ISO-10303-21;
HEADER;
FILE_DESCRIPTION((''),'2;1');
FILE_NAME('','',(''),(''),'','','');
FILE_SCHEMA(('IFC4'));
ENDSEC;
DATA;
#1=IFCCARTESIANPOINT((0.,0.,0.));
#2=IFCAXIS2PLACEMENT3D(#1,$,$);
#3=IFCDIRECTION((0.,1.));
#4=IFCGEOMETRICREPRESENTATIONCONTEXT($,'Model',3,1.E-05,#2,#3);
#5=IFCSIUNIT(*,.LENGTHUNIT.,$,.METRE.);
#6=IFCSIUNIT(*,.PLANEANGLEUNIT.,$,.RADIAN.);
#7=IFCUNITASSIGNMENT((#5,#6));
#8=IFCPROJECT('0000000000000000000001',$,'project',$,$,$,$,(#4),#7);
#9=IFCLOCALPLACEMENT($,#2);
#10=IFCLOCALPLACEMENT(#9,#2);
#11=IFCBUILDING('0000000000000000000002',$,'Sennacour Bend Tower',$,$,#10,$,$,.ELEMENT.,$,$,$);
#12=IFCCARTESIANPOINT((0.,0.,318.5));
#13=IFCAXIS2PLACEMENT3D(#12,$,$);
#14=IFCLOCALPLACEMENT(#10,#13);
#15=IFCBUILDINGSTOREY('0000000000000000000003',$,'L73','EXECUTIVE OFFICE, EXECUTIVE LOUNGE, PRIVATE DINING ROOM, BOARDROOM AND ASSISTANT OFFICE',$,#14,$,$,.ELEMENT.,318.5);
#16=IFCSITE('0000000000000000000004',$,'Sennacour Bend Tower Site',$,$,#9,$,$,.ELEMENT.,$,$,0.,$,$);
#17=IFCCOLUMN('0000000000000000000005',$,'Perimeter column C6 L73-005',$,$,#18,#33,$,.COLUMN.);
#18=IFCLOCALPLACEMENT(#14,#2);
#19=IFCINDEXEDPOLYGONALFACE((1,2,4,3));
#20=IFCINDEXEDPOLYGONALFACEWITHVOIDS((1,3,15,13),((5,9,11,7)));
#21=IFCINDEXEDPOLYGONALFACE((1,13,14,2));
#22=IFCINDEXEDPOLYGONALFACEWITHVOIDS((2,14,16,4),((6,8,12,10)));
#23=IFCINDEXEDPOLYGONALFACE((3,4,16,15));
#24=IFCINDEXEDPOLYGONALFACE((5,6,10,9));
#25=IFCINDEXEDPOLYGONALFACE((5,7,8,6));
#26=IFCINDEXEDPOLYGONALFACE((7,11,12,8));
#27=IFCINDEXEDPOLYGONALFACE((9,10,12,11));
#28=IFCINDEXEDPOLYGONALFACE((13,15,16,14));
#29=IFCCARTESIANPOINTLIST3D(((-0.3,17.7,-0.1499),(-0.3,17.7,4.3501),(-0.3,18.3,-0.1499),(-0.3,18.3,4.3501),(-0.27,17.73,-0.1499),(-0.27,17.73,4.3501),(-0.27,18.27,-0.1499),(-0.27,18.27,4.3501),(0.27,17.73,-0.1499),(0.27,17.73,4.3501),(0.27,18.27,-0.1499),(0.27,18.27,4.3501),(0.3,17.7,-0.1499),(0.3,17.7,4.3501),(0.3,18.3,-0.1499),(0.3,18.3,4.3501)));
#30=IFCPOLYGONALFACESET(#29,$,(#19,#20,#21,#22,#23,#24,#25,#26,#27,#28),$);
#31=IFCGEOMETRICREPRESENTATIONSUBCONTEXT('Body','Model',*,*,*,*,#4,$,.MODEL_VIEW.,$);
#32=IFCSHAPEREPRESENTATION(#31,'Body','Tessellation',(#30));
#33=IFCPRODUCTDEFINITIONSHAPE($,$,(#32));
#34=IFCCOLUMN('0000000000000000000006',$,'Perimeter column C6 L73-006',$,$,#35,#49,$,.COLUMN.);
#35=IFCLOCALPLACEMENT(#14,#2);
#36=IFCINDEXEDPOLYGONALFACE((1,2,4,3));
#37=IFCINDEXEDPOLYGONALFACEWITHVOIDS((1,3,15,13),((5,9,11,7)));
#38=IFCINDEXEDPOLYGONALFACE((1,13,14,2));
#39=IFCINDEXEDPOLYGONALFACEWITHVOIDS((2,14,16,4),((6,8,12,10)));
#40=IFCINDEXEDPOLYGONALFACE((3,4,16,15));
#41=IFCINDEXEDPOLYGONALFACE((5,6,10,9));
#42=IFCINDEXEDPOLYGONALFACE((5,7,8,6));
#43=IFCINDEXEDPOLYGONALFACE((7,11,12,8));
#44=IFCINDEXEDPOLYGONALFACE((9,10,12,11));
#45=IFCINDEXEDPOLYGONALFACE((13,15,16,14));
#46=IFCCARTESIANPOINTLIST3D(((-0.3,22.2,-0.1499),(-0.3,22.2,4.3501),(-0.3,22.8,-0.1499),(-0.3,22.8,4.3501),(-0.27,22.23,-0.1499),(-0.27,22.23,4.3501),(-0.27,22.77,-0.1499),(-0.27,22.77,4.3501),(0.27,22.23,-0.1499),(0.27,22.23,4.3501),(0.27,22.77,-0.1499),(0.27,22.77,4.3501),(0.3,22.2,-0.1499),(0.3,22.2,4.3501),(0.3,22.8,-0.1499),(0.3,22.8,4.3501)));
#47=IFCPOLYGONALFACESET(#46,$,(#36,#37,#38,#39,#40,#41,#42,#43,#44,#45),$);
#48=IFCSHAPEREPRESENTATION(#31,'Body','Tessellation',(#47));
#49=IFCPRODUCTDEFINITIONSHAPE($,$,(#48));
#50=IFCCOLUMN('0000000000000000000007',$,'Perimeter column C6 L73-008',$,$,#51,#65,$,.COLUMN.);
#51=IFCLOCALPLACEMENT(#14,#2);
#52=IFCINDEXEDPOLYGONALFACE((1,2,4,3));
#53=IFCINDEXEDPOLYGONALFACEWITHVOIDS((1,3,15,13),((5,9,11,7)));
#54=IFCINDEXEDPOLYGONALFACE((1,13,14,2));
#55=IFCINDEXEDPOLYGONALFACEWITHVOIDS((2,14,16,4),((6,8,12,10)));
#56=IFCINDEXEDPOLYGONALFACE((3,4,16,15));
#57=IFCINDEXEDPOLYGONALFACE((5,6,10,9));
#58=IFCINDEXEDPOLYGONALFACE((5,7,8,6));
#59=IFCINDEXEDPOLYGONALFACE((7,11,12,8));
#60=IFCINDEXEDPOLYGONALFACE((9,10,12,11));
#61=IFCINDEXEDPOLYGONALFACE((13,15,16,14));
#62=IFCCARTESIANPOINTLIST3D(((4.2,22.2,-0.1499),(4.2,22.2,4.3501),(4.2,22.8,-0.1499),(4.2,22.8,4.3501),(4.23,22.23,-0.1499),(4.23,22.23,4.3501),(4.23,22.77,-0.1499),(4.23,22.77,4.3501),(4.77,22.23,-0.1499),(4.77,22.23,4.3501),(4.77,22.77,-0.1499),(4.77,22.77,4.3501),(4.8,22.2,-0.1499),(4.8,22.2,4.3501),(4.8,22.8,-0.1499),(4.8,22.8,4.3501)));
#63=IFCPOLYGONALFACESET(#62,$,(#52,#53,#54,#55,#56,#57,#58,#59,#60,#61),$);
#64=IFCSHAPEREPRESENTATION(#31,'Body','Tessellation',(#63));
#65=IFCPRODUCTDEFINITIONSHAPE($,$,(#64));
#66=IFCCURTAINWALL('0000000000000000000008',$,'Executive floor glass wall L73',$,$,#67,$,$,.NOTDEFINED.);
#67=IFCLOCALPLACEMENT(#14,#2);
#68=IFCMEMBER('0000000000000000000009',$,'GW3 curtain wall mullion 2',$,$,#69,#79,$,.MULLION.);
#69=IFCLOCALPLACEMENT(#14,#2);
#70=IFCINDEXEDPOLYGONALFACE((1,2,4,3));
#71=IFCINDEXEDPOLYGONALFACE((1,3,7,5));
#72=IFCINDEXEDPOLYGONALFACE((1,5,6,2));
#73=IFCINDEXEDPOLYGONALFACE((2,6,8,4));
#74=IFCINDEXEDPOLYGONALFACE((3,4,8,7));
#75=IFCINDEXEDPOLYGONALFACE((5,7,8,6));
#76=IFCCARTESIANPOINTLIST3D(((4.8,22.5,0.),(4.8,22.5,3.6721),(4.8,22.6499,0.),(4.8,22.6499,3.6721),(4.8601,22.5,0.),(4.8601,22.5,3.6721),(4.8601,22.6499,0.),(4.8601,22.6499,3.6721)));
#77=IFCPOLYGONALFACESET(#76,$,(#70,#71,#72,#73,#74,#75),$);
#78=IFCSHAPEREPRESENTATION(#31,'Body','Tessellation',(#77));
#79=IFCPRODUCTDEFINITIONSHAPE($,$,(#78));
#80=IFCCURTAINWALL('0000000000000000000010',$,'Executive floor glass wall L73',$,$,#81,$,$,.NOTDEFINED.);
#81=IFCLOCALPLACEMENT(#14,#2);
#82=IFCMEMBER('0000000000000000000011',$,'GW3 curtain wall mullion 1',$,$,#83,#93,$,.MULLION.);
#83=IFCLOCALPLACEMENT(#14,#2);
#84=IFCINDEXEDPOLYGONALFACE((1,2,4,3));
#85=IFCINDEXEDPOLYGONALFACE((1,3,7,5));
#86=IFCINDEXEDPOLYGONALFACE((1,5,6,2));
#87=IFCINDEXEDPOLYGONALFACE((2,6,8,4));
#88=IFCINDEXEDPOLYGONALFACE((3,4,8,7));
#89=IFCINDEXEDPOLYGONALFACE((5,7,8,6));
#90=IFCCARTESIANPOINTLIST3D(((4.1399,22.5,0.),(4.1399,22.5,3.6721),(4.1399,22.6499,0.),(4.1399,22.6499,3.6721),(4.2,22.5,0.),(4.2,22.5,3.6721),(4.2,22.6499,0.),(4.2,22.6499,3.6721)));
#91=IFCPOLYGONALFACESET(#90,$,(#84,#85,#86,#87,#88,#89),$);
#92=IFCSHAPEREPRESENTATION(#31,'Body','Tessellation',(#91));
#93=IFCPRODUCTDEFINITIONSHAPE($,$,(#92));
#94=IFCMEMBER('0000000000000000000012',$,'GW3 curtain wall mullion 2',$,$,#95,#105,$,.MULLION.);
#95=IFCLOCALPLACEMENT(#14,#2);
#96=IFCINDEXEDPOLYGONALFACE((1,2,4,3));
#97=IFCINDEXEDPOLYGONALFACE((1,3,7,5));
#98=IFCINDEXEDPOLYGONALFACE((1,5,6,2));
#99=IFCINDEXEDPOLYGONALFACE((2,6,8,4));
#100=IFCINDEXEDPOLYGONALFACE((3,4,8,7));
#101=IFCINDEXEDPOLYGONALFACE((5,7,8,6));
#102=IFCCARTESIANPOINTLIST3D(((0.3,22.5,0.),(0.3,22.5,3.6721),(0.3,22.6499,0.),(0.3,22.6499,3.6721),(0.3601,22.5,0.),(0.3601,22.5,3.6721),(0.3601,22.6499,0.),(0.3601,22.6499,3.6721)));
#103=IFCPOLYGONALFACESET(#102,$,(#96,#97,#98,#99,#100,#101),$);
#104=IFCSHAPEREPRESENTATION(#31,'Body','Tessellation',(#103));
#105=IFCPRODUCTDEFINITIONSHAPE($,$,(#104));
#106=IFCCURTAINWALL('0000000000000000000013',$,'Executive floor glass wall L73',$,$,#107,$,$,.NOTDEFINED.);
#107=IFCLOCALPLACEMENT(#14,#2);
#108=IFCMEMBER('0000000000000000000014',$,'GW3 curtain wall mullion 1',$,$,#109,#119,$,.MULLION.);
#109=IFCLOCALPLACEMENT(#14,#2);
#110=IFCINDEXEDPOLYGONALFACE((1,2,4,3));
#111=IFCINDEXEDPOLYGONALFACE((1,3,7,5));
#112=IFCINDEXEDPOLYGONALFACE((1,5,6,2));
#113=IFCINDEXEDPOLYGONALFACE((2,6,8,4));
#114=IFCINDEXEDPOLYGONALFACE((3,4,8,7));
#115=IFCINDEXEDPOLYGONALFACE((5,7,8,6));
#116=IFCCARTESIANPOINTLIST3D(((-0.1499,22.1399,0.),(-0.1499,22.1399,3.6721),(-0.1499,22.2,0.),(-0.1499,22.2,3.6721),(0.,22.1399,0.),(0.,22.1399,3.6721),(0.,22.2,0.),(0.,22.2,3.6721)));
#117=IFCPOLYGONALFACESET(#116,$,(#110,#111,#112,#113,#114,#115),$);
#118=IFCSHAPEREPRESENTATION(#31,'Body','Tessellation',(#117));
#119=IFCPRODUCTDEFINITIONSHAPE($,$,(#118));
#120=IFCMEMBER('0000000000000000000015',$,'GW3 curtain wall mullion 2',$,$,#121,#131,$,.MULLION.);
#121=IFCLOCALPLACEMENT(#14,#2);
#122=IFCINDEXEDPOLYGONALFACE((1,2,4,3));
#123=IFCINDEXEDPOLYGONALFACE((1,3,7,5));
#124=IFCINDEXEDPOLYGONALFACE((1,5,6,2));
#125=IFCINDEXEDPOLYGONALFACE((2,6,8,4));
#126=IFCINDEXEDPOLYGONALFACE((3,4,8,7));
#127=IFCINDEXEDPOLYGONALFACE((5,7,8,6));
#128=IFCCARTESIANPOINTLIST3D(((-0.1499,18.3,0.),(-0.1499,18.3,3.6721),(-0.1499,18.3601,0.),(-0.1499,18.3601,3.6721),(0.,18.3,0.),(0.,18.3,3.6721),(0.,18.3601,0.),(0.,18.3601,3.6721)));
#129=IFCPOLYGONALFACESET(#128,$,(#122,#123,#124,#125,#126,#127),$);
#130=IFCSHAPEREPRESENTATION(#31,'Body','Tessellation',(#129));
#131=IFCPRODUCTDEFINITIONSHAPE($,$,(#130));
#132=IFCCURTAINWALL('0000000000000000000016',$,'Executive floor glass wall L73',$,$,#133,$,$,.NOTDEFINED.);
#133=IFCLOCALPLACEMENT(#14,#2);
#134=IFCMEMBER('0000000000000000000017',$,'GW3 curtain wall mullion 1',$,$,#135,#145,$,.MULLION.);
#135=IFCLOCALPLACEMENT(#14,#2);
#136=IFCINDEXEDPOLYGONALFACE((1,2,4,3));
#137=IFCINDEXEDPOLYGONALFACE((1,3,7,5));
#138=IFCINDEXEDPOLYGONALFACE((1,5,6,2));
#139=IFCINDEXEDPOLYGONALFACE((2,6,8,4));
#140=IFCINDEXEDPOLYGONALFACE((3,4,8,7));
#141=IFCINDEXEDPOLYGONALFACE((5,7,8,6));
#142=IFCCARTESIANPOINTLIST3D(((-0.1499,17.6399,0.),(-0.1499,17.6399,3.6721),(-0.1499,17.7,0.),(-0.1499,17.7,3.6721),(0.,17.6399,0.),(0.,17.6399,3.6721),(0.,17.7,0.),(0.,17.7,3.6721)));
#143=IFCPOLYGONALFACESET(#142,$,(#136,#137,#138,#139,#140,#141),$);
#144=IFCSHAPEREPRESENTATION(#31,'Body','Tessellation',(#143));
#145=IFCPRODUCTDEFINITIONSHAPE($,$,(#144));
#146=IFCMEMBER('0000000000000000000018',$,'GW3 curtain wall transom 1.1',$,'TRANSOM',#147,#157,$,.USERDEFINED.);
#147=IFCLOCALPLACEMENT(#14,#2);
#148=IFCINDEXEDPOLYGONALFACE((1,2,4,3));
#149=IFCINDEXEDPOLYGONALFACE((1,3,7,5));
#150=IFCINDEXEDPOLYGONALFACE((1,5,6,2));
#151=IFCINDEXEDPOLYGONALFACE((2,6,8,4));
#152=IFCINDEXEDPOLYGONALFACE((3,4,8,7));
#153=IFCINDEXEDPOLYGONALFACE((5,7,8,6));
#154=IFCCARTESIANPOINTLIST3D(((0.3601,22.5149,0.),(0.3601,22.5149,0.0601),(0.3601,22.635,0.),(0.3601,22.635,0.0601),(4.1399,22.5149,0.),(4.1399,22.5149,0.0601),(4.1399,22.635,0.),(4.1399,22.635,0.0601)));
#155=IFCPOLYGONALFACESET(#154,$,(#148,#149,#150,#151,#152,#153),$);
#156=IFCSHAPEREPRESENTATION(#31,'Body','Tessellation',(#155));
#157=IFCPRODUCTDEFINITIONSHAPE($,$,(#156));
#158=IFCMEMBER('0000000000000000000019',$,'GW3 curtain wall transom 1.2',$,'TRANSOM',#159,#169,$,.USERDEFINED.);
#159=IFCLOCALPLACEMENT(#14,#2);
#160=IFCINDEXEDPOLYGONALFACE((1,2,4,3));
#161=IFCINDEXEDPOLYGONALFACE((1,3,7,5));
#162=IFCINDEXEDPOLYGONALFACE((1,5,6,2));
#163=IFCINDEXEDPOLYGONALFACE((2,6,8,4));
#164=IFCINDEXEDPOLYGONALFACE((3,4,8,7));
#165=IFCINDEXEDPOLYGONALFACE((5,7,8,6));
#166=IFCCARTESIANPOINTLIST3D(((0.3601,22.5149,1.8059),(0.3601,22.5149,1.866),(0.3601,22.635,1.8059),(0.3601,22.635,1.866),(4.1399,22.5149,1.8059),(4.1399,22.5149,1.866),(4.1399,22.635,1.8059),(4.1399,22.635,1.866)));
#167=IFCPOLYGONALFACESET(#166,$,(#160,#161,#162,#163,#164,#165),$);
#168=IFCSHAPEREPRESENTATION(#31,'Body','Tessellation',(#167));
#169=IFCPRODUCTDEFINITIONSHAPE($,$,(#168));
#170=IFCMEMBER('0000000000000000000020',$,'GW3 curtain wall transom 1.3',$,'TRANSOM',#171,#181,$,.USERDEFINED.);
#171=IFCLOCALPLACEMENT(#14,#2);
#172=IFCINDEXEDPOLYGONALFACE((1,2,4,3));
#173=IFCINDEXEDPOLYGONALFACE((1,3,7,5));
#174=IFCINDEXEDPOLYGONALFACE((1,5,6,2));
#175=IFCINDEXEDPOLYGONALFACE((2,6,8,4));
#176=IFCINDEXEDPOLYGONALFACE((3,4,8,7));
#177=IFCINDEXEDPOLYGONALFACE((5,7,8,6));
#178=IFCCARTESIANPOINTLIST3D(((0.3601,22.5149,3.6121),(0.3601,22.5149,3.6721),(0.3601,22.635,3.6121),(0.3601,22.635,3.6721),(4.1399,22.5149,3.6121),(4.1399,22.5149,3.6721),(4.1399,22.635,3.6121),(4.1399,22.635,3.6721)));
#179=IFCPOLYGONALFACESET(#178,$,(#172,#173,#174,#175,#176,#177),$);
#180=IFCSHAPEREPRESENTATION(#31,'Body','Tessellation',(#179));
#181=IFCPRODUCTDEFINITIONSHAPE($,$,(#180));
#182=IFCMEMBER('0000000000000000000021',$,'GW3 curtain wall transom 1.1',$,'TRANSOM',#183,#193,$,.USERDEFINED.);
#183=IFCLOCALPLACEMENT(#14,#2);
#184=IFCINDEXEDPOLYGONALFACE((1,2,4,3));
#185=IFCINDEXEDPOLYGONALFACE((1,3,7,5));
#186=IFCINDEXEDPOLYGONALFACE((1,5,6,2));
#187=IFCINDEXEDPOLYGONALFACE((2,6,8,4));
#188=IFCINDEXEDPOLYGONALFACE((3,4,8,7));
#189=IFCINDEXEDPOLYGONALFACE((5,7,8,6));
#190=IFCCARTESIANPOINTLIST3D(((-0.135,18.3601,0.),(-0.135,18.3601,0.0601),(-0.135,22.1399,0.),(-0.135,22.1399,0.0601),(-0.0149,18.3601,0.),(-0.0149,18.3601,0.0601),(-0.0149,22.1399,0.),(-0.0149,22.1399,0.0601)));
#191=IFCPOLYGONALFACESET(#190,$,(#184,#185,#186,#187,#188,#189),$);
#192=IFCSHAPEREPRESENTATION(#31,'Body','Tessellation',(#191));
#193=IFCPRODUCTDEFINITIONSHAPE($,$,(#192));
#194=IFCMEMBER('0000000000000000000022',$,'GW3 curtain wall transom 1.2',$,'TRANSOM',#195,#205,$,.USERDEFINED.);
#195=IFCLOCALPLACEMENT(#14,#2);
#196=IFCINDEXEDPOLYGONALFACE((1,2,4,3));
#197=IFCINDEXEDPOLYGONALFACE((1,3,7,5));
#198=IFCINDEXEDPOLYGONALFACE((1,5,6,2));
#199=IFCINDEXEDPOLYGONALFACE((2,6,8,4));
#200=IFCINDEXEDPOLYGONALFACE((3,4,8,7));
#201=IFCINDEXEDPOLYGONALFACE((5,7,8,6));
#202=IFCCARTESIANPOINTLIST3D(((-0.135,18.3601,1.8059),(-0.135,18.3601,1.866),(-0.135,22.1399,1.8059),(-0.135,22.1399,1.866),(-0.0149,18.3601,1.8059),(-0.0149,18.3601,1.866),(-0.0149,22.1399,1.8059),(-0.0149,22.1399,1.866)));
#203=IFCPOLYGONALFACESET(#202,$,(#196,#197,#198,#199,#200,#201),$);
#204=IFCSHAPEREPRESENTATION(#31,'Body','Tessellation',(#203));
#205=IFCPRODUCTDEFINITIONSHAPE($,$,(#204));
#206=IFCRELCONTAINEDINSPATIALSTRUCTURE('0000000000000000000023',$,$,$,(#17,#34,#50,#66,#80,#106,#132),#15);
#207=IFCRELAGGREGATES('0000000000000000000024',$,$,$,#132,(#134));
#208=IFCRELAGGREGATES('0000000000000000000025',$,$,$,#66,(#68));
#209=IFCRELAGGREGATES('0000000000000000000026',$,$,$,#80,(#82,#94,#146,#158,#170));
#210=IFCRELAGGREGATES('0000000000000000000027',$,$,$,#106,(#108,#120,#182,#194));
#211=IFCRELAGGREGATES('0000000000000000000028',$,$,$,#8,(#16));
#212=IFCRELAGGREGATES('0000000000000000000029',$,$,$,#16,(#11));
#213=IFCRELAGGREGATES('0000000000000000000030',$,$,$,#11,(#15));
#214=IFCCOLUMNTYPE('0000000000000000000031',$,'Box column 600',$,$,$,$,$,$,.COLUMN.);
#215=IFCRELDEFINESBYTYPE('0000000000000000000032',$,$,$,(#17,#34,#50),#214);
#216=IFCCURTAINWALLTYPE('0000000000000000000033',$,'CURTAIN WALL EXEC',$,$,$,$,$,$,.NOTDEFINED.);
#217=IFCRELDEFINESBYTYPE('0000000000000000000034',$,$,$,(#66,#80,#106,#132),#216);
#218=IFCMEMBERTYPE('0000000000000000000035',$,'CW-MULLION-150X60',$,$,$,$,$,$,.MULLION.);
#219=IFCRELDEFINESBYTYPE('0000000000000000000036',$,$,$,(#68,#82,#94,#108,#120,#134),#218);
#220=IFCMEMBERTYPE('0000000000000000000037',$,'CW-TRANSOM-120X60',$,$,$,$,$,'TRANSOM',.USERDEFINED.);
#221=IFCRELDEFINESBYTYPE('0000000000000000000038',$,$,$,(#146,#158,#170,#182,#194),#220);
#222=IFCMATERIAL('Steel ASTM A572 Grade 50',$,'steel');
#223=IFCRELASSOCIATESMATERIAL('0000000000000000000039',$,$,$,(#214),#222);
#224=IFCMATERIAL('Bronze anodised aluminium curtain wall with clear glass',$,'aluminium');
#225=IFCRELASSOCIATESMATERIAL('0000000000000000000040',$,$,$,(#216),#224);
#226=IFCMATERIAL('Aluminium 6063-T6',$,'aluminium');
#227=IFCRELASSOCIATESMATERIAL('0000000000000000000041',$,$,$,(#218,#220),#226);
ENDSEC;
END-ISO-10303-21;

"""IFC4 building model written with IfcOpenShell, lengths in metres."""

from ifc_helpers import new_model, si_unit, direction, frame, origin, origin_2d, place, context, subcontext, project, spatial, rectangle, hollow_rectangle, extrude, material, material_profile, profile_set, type_object, element, aggregate, save


model = new_model("IFC4")

# Units and contexts
model_context = context("Model", 3, precision=1e-05, world=origin(), true_north=direction((0.0, 1.0)))
body_context = subcontext(model_context, "Body", "Model", "MODEL_VIEW")
ifc_project = project(units=[si_unit("LENGTHUNIT", "METRE"), si_unit("PLANEANGLEUNIT", "RADIAN")], contexts=[model_context])

# Site, building, storey
site_placement = place(None, origin())
site = spatial("IfcSite", under=ifc_project, at=site_placement, Name="Sennacour Bend Tower Site", CompositionType="ELEMENT", RefElevation=0.0)
building_placement = place(site_placement, origin())
building = spatial("IfcBuilding", under=site, at=building_placement, Name="Sennacour Bend Tower", CompositionType="ELEMENT")
storey_placement = place(building_placement, frame((0.0, 0.0, 318.5)))
storey = spatial("IfcBuildingStorey", under=building, at=storey_placement, Name="L73", Description="EXECUTIVE OFFICE, EXECUTIVE LOUNGE, PRIVATE DINING ROOM, BOARDROOM AND ASSISTANT OFFICE", CompositionType="ELEMENT", Elevation=318.5)

# Columns
ifc_material_1 = material(Name="Steel ASTM A572 Grade 50", Category="steel")
ifc_material_profile_1 = material_profile(ifc_material_1, hollow_rectangle(XDim=0.6001, YDim=0.6001, WallThickness=0.03, at=origin_2d()), Name="Steel ASTM A572 Grade 50", Category="steel")
ifc_profile_set_1 = profile_set([ifc_material_profile_1], Name="Steel ASTM A572 Grade 50")
column_type = type_object("IfcColumnType", Name="Box column 600", PredefinedType="COLUMN", material=ifc_profile_set_1)
for number, where, z_axis, x_axis, name in (
    (1, (0.0, 18.0, -0.1499), (0.0, 0.0, 1.0), (1.0, 0.0, 0.0), "Perimeter column C6 L73-005"),
    (2, (0.0, 22.5, -0.1499), (0.0, 0.0, 1.0), (1.0, 0.0, 0.0), "Perimeter column C6 L73-006"),
    (3, (4.5, 22.5, -0.1499), (0.0, 0.0, 1.0), (1.0, 0.0, 0.0), "Perimeter column C6 L73-008"),
):
    element("IfcColumn", number, at=place(storey_placement, frame(where, z_axis=z_axis, x_axis=x_axis)), inside=storey, type_object=column_type, Name=name, PredefinedType="COLUMN", context=body_context, shape_type="SweptSolid", body=[
        extrude(hollow_rectangle(XDim=0.6001, YDim=0.6001, WallThickness=0.03, at=origin_2d()), origin(), (0.0, 0.0, 1.0), 4.5),
    ])

# Curtain wall, member
ifc_material_2 = material(Name="Bronze anodised aluminium curtain wall with clear glass", Category="aluminium")
curtain_wall_type = type_object("IfcCurtainWallType", Name="CURTAIN WALL EXEC", PredefinedType="NOTDEFINED", material=ifc_material_2)
curtain_wall_1_placement = place(storey_placement, origin())
curtain_wall_1 = element("IfcCurtainWall", 4, at=curtain_wall_1_placement, inside=storey, type_object=curtain_wall_type, Name="Executive floor glass wall L73", PredefinedType="NOTDEFINED")
ifc_material_3 = material(Name="Aluminium 6063-T6", Category="aluminium")
ifc_material_profile_2 = material_profile(ifc_material_3, rectangle(XDim=0.1499, YDim=0.0601, at=origin_2d()), Name="Aluminium 6063-T6", Category="aluminium")
ifc_profile_set_2 = profile_set([ifc_material_profile_2], Name="Aluminium 6063-T6")
member_type_1 = type_object("IfcMemberType", Name="CW-MULLION-150X60", PredefinedType="MULLION", material=ifc_profile_set_2)
member_1_placement = place(storey_placement, frame((4.8301, 22.575, 0.0), z_axis=(0.0, 0.0, 1.0), x_axis=(0.0, -1.0, 0.0)))
member_1 = element("IfcMember", 5, at=member_1_placement, type_object=member_type_1, Name="GW3 curtain wall mullion 2", PredefinedType="MULLION", context=body_context, shape_type="SweptSolid", body=[
    extrude(rectangle(XDim=0.1499, YDim=0.0601, at=origin_2d()), origin(), (0.0, 0.0, 1.0), 3.6721),
])

# Curtain walls, members
curtain_wall_2_placement = place(storey_placement, origin())
curtain_wall_2 = element("IfcCurtainWall", 6, at=curtain_wall_2_placement, inside=storey, type_object=curtain_wall_type, Name="Executive floor glass wall L73", PredefinedType="NOTDEFINED")
member_2_placement = place(storey_placement, frame((4.1699, 22.575, 0.0), z_axis=(0.0, 0.0, 1.0), x_axis=(0.0, -1.0, 0.0)))
member_2 = element("IfcMember", 7, at=member_2_placement, type_object=member_type_1, Name="GW3 curtain wall mullion 1", PredefinedType="MULLION", context=body_context, shape_type="SweptSolid", body=[
    extrude(rectangle(XDim=0.1499, YDim=0.0601, at=origin_2d()), origin(), (0.0, 0.0, 1.0), 3.6721),
])
member_3_placement = place(storey_placement, frame((0.3301, 22.575, 0.0), z_axis=(0.0, 0.0, 1.0), x_axis=(0.0, -1.0, 0.0)))
member_3 = element("IfcMember", 8, at=member_3_placement, type_object=member_type_1, Name="GW3 curtain wall mullion 2", PredefinedType="MULLION", context=body_context, shape_type="SweptSolid", body=[
    extrude(rectangle(XDim=0.1499, YDim=0.0601, at=origin_2d()), origin(), (0.0, 0.0, 1.0), 3.6721),
])
curtain_wall_3_placement = place(storey_placement, origin())
curtain_wall_3 = element("IfcCurtainWall", 9, at=curtain_wall_3_placement, inside=storey, type_object=curtain_wall_type, Name="Executive floor glass wall L73", PredefinedType="NOTDEFINED")
member_4_placement = place(storey_placement, frame((-0.075, 22.1699, 0.0), z_axis=(0.0, 0.0, 1.0), x_axis=(1.0, 0.0, 0.0)))
member_4 = element("IfcMember", 10, at=member_4_placement, type_object=member_type_1, Name="GW3 curtain wall mullion 1", PredefinedType="MULLION", context=body_context, shape_type="SweptSolid", body=[
    extrude(rectangle(XDim=0.1499, YDim=0.0601, at=origin_2d()), origin(), (0.0, 0.0, 1.0), 3.6721),
])
member_5_placement = place(storey_placement, frame((-0.075, 18.3301, 0.0), z_axis=(0.0, 0.0, 1.0), x_axis=(1.0, 0.0, 0.0)))
member_5 = element("IfcMember", 11, at=member_5_placement, type_object=member_type_1, Name="GW3 curtain wall mullion 2", PredefinedType="MULLION", context=body_context, shape_type="SweptSolid", body=[
    extrude(rectangle(XDim=0.1499, YDim=0.0601, at=origin_2d()), origin(), (0.0, 0.0, 1.0), 3.6721),
])

# Curtain wall, member
curtain_wall_4_placement = place(storey_placement, origin())
curtain_wall_4 = element("IfcCurtainWall", 12, at=curtain_wall_4_placement, inside=storey, type_object=curtain_wall_type, Name="Executive floor glass wall L73", PredefinedType="NOTDEFINED")
member_6_placement = place(storey_placement, frame((-0.075, 17.6699, 0.0), z_axis=(0.0, 0.0, 1.0), x_axis=(1.0, 0.0, 0.0)))
member_6 = element("IfcMember", 13, at=member_6_placement, type_object=member_type_1, Name="GW3 curtain wall mullion 1", PredefinedType="MULLION", context=body_context, shape_type="SweptSolid", body=[
    extrude(rectangle(XDim=0.1499, YDim=0.0601, at=origin_2d()), origin(), (0.0, 0.0, 1.0), 3.6721),
])

# Members
ifc_material_profile_3 = material_profile(ifc_material_3, rectangle(XDim=0.1201, YDim=0.0601, at=origin_2d()), Name="Aluminium 6063-T6", Category="aluminium")
ifc_profile_set_3 = profile_set([ifc_material_profile_3], Name="Aluminium 6063-T6")
member_type_2 = type_object("IfcMemberType", Name="CW-TRANSOM-120X60", ElementType="TRANSOM", PredefinedType="USERDEFINED", material=ifc_profile_set_3)
member_7_placement = place(storey_placement, frame((4.1399, 22.575, 0.03), z_axis=(-1.0, 0.0, 0.0), x_axis=(0.0, -1.0, 0.0)))
member_7 = element("IfcMember", 14, at=member_7_placement, type_object=member_type_2, Name="GW3 curtain wall transom 1.1", ObjectType="TRANSOM", PredefinedType="USERDEFINED", context=body_context, shape_type="SweptSolid", body=[
    extrude(rectangle(XDim=0.1201, YDim=0.0601, at=origin_2d()), origin(), (0.0, 0.0, 1.0), 3.7798),
])
member_8_placement = place(storey_placement, frame((4.1399, 22.575, 1.8359), z_axis=(-1.0, 0.0, 0.0), x_axis=(0.0, -1.0, 0.0)))
member_8 = element("IfcMember", 15, at=member_8_placement, type_object=member_type_2, Name="GW3 curtain wall transom 1.2", ObjectType="TRANSOM", PredefinedType="USERDEFINED", context=body_context, shape_type="SweptSolid", body=[
    extrude(rectangle(XDim=0.1201, YDim=0.0601, at=origin_2d()), origin(), (0.0, 0.0, 1.0), 3.7798),
])
member_9_placement = place(storey_placement, frame((4.1399, 22.575, 3.6421), z_axis=(-1.0, 0.0, 0.0), x_axis=(0.0, -1.0, 0.0)))
member_9 = element("IfcMember", 16, at=member_9_placement, type_object=member_type_2, Name="GW3 curtain wall transom 1.3", ObjectType="TRANSOM", PredefinedType="USERDEFINED", context=body_context, shape_type="SweptSolid", body=[
    extrude(rectangle(XDim=0.1201, YDim=0.0601, at=origin_2d()), origin(), (0.0, 0.0, 1.0), 3.7798),
])
member_10_placement = place(storey_placement, frame((-0.075, 22.1399, 0.03), z_axis=(0.0, -1.0, 0.0), x_axis=(1.0, 0.0, 0.0)))
member_10 = element("IfcMember", 17, at=member_10_placement, type_object=member_type_2, Name="GW3 curtain wall transom 1.1", ObjectType="TRANSOM", PredefinedType="USERDEFINED", context=body_context, shape_type="SweptSolid", body=[
    extrude(rectangle(XDim=0.1201, YDim=0.0601, at=origin_2d()), origin(), (0.0, 0.0, 1.0), 3.7798),
])
member_11_placement = place(storey_placement, frame((-0.075, 22.1399, 1.8359), z_axis=(0.0, -1.0, 0.0), x_axis=(1.0, 0.0, 0.0)))
member_11 = element("IfcMember", 18, at=member_11_placement, type_object=member_type_2, Name="GW3 curtain wall transom 1.2", ObjectType="TRANSOM", PredefinedType="USERDEFINED", context=body_context, shape_type="SweptSolid", body=[
    extrude(rectangle(XDim=0.1201, YDim=0.0601, at=origin_2d()), origin(), (0.0, 0.0, 1.0), 3.7798),
])
aggregate(curtain_wall_4, [member_6])

aggregate(curtain_wall_1, [member_1])
aggregate(curtain_wall_2, [member_2, member_3, member_7, member_8, member_9])
aggregate(curtain_wall_3, [member_4, member_5, member_10, member_11])

save(model, "model.ifc")
